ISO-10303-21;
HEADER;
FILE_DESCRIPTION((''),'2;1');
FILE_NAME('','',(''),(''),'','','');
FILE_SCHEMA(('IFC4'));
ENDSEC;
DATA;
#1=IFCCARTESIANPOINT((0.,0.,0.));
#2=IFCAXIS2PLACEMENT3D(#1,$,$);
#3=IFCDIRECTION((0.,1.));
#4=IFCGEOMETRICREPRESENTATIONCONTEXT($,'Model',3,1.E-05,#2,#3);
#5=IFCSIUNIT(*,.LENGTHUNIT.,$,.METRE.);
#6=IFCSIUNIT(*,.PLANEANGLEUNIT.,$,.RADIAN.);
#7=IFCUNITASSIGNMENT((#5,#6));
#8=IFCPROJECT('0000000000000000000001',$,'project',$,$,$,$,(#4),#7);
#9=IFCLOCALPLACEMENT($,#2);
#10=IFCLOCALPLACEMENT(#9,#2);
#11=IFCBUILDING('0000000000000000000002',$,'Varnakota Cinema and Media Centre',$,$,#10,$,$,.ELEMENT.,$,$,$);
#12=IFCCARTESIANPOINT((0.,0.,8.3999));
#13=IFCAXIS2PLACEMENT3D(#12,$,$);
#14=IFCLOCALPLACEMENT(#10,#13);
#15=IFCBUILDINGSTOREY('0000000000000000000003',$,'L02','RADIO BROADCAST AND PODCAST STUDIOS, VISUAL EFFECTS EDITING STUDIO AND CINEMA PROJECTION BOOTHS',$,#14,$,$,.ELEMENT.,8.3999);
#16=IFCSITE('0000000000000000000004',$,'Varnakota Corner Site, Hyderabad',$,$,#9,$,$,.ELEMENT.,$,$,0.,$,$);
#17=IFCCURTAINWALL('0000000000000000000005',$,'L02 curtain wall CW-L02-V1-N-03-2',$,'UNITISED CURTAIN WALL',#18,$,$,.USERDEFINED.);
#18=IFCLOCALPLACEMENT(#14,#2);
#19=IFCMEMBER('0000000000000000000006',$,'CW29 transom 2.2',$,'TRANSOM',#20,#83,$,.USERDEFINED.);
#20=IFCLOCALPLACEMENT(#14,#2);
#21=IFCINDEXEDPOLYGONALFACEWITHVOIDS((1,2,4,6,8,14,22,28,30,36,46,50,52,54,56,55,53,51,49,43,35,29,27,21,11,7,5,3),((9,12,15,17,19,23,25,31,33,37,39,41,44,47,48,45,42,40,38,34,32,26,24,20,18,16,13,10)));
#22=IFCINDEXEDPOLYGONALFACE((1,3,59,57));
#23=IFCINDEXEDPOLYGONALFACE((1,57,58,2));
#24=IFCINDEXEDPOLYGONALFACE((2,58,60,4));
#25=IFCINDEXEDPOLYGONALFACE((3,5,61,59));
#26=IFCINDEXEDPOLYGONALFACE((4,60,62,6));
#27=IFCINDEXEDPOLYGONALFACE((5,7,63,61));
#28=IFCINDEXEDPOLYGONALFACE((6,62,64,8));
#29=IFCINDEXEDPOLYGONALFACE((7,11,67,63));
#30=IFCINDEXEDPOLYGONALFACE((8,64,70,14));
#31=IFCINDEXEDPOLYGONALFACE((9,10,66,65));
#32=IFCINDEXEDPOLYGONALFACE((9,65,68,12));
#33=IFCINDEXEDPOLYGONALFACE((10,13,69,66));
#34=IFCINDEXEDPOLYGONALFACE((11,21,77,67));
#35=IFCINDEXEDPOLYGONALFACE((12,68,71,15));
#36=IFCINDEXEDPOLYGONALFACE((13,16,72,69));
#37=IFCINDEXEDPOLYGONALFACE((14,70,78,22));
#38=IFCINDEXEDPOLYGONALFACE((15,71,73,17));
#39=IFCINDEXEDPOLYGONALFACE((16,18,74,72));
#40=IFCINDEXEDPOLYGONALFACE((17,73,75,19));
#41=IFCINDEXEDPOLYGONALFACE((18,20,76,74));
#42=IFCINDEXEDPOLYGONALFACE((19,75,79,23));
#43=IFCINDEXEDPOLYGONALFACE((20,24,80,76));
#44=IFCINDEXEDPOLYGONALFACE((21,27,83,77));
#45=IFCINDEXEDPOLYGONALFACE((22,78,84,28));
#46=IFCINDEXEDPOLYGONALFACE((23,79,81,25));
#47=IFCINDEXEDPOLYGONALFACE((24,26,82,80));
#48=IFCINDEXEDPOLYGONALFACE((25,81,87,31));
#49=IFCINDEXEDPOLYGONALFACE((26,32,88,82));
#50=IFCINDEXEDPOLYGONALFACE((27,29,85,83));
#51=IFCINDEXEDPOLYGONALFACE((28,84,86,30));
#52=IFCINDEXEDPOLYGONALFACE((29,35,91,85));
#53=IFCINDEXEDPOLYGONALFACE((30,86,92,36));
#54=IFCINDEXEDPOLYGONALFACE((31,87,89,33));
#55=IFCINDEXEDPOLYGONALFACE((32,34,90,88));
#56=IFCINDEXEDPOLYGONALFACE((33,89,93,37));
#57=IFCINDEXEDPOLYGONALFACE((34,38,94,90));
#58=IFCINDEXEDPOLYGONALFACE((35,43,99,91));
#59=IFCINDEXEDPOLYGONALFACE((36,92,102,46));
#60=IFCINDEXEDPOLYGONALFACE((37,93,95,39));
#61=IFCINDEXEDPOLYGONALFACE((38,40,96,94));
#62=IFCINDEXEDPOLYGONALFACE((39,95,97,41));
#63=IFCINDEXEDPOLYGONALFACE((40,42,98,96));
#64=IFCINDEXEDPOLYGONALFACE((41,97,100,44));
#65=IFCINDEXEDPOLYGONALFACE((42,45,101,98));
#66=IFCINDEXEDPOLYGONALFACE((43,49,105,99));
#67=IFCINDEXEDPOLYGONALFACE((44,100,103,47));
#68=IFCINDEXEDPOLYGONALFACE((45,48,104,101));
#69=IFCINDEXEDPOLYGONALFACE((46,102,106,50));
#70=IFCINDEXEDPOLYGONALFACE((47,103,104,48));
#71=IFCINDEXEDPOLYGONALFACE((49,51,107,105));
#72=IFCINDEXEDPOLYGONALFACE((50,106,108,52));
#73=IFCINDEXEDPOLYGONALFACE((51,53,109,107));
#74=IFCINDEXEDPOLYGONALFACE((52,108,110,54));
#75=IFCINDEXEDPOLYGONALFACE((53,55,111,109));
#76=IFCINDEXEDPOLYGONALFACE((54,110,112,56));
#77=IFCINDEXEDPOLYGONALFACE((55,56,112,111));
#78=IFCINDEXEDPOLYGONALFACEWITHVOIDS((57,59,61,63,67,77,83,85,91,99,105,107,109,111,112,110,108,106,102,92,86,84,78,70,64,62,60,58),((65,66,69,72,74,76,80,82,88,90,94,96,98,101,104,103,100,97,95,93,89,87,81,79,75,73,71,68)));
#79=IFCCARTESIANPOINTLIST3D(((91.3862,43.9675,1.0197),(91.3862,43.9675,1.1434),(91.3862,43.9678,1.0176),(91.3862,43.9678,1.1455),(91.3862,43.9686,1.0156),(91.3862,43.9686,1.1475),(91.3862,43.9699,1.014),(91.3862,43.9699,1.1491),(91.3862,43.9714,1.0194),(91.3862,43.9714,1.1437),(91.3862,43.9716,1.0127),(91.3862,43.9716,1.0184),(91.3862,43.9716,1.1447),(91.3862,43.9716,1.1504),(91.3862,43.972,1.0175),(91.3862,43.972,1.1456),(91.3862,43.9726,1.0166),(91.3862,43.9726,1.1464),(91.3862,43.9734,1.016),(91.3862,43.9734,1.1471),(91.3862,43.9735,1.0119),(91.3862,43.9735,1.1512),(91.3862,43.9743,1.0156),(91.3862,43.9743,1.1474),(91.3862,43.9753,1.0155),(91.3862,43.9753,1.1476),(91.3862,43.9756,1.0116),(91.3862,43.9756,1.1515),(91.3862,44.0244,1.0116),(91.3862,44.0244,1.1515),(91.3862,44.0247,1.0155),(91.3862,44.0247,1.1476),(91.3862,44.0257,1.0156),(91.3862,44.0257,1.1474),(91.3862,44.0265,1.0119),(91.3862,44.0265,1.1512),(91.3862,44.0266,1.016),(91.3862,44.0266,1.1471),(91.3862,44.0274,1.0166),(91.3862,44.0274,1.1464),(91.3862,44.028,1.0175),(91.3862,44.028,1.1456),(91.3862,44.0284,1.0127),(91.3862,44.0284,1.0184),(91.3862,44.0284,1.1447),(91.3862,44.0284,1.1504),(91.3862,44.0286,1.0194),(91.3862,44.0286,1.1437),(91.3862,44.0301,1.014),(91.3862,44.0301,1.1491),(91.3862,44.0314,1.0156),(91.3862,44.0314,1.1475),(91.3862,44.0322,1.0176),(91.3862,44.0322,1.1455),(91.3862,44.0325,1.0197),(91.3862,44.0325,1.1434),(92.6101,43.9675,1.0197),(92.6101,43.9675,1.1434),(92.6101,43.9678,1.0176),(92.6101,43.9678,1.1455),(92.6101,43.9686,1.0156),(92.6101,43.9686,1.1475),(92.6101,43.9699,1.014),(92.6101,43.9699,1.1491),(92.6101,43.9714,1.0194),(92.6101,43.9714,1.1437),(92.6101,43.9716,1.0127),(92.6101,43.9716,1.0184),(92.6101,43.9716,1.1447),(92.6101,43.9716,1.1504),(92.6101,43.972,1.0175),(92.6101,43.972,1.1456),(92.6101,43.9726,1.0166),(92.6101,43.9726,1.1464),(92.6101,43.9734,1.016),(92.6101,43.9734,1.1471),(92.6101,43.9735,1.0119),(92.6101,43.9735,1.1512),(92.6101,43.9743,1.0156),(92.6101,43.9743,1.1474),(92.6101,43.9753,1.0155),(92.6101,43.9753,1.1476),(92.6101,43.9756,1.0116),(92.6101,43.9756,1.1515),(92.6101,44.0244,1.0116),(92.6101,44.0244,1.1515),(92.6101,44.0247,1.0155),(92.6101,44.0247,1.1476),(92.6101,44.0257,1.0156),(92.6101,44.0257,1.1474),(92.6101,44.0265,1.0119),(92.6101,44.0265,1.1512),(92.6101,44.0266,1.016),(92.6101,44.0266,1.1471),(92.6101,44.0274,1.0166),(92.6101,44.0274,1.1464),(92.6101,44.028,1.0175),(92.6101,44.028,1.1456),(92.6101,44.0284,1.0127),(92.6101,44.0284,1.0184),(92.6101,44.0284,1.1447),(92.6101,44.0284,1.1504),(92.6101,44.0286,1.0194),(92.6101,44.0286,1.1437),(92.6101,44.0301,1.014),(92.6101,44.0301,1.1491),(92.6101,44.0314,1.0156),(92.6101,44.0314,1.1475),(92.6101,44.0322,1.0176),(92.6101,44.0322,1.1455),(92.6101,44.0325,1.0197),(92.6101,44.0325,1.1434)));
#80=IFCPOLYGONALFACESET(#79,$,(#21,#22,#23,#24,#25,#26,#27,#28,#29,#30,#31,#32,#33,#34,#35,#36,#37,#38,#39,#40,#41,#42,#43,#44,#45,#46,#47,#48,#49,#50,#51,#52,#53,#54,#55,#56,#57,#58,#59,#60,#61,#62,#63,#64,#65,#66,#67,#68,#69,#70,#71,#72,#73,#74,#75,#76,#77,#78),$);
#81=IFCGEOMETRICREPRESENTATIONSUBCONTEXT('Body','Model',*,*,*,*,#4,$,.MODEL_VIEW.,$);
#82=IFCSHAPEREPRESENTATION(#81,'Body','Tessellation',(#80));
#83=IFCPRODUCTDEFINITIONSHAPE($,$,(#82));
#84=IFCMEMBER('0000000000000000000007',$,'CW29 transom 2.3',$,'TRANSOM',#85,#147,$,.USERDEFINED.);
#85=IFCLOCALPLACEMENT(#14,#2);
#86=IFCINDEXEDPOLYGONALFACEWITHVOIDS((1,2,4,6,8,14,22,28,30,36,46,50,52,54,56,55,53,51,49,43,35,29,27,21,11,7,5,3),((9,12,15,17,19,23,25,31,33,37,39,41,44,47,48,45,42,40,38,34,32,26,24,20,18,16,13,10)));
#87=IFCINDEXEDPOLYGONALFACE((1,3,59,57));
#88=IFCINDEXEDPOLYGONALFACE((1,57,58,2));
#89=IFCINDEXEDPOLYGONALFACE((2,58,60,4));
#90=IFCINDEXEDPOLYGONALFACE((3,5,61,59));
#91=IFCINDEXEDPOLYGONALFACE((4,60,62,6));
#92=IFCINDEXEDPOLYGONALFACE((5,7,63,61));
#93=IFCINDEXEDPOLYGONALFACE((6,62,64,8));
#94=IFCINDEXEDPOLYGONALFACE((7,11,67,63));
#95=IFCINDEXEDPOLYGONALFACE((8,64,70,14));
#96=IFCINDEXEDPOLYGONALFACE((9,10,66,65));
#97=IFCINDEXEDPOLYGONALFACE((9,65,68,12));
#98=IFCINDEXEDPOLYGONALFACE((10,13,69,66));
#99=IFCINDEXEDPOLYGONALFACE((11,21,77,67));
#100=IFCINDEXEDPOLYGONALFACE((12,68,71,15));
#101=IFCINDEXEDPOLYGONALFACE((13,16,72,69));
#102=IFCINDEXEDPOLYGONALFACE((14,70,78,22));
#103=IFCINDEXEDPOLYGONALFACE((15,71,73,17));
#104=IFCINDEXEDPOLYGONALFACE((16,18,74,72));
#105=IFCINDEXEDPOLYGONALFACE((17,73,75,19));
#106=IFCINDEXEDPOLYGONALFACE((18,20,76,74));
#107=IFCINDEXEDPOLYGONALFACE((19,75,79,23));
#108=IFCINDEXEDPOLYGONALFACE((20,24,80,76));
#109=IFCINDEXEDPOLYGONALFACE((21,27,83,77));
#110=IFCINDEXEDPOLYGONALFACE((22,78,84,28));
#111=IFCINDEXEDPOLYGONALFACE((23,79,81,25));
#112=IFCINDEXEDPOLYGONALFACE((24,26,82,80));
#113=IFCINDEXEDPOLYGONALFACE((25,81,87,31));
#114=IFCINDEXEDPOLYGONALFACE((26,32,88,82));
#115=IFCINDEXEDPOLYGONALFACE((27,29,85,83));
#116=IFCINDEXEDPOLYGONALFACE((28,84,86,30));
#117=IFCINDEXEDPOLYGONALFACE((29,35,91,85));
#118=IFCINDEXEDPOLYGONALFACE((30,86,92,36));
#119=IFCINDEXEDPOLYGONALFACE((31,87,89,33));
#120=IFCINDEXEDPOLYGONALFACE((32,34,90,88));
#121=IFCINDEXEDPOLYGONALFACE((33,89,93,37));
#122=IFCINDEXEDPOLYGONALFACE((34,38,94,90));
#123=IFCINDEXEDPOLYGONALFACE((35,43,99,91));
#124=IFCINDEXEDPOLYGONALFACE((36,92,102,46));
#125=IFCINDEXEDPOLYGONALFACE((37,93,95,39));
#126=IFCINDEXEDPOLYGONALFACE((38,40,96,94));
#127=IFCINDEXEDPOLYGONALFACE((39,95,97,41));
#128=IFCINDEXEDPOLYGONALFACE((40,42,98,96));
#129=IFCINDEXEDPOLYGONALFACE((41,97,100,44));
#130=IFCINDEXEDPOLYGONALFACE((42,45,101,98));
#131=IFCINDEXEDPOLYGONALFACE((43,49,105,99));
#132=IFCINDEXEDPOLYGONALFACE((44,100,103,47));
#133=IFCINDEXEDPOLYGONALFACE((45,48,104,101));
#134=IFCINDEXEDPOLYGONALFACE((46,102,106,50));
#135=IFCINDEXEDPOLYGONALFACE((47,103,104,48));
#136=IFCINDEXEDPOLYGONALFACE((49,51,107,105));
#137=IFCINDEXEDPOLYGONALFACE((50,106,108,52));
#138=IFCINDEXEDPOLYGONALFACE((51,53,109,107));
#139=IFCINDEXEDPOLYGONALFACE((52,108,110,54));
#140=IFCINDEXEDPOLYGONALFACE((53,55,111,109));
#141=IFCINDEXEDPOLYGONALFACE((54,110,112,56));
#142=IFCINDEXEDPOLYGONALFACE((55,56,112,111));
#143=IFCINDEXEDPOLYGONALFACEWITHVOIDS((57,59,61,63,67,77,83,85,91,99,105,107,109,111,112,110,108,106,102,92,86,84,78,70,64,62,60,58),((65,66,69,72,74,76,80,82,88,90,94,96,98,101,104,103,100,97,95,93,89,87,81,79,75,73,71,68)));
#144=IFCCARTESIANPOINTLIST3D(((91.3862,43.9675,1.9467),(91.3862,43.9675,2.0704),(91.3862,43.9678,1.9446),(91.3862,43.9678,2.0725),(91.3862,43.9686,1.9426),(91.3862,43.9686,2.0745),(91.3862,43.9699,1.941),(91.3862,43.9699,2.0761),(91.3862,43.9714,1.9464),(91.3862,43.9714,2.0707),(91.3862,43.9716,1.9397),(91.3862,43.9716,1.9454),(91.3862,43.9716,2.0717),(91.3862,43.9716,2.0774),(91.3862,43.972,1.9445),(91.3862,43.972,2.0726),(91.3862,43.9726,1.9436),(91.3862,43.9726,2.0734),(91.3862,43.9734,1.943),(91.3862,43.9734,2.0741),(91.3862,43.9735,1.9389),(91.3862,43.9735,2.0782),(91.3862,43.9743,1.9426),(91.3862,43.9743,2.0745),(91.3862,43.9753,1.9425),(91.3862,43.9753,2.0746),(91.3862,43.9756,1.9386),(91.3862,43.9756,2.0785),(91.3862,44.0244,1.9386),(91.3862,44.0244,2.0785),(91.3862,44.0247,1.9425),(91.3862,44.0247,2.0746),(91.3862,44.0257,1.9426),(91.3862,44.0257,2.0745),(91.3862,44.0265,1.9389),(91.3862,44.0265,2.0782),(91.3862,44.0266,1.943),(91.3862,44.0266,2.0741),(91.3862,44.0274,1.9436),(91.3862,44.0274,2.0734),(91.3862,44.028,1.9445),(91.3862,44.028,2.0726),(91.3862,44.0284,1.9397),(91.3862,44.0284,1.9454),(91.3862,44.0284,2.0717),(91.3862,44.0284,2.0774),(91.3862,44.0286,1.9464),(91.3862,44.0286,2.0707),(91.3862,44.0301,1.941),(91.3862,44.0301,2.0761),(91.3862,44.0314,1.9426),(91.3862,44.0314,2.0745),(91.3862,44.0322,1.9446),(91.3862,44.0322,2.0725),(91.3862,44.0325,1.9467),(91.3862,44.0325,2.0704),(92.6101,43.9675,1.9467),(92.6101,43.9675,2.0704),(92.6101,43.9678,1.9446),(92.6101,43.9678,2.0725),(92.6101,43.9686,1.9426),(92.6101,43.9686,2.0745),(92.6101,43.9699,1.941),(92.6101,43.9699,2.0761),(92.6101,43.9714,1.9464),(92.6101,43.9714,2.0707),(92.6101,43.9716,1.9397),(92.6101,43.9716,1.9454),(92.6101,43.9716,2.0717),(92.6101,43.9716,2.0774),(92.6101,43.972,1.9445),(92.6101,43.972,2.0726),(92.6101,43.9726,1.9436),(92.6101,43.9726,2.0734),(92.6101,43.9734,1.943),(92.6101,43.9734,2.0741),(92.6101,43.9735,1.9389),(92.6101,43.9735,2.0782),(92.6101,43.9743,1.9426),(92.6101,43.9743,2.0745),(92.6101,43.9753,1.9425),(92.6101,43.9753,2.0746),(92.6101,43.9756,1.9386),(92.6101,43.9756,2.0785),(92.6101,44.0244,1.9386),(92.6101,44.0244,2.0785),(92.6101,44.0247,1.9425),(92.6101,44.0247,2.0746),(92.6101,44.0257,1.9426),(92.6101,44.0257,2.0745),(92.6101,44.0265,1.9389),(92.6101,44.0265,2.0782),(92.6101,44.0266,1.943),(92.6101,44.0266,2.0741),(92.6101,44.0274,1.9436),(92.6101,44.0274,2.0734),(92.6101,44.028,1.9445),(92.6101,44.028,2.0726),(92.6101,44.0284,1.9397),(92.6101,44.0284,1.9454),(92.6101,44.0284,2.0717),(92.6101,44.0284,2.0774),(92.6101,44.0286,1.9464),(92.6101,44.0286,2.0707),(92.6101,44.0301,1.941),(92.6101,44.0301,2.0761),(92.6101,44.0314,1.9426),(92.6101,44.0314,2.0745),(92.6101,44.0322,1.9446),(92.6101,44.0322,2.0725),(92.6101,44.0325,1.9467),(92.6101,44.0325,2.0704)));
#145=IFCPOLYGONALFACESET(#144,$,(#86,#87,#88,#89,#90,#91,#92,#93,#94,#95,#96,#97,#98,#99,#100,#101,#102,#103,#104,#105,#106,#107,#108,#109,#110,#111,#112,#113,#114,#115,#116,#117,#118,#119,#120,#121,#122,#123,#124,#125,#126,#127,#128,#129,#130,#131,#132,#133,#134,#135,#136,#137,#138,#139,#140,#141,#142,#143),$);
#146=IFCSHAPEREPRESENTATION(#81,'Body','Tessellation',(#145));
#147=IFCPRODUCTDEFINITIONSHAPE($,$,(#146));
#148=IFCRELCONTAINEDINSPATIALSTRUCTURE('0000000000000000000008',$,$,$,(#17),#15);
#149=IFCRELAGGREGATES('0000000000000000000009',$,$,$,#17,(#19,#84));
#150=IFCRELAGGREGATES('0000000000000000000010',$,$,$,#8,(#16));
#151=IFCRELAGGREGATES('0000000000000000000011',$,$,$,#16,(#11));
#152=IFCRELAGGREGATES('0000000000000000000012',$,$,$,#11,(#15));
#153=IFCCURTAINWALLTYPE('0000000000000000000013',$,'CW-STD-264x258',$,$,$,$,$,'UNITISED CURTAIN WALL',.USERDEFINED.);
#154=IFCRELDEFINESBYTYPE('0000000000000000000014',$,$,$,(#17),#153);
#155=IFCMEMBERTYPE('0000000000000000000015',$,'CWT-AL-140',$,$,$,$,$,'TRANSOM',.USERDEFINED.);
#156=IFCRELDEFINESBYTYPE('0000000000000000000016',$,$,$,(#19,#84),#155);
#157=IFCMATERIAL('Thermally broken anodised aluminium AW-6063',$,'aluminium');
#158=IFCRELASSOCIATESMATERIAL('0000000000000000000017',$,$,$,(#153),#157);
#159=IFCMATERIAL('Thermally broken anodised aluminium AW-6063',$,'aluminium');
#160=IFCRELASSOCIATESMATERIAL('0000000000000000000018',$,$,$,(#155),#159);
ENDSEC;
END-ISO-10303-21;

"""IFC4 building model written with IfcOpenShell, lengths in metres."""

from ifc_helpers import new_model, si_unit, direction, frame, origin, origin_2d, place, context, subcontext, project, spatial, hollow_rectangle, extrude, material, material_profile, profile_set, type_object, element, aggregate, save


model = new_model("IFC4")

# Units and contexts
model_context = context("Model", 3, precision=1e-05, world=origin(), true_north=direction((0.0, 1.0)))
body_context = subcontext(model_context, "Body", "Model", "MODEL_VIEW")
ifc_project = project(units=[si_unit("LENGTHUNIT", "METRE"), si_unit("PLANEANGLEUNIT", "RADIAN")], contexts=[model_context])

# Site, building, storey
site_placement = place(None, origin())
site = spatial("IfcSite", under=ifc_project, at=site_placement, Name="Varnakota Corner Site, Hyderabad", CompositionType="ELEMENT", RefElevation=0.0)
building_placement = place(site_placement, origin())
building = spatial("IfcBuilding", under=site, at=building_placement, Name="Varnakota Cinema and Media Centre", CompositionType="ELEMENT")
storey_placement = place(building_placement, frame((0.0, 0.0, 8.3999)))
storey = spatial("IfcBuildingStorey", under=building, at=storey_placement, Name="L02", Description="RADIO BROADCAST AND PODCAST STUDIOS, VISUAL EFFECTS EDITING STUDIO AND CINEMA PROJECTION BOOTHS", CompositionType="ELEMENT", Elevation=8.3999)

# Curtain wall
ifc_material_1 = material(Name="Thermally broken anodised aluminium AW-6063", Category="aluminium")
curtain_wall_type = type_object("IfcCurtainWallType", Name="CW-STD-264x258", ElementType="UNITISED CURTAIN WALL", PredefinedType="USERDEFINED", material=ifc_material_1)
curtain_wall_1_placement = place(storey_placement, origin())
curtain_wall_1 = element("IfcCurtainWall", 1, at=curtain_wall_1_placement, inside=storey, type_object=curtain_wall_type, Name="L02 curtain wall CW-L02-V1-N-03-2", ObjectType="UNITISED CURTAIN WALL", PredefinedType="USERDEFINED")

# Members
ifc_material_2 = material(Name="Thermally broken anodised aluminium AW-6063", Category="aluminium")
ifc_material_profile_1 = material_profile(ifc_material_2, hollow_rectangle(XDim=0.0649, YDim=0.1399, WallThickness=0.0039, InnerFilletRadius=0.0039, OuterFilletRadius=0.0081, at=origin_2d()), Name="AL-TRANSOM 140x65x4")
ifc_profile_set_1 = profile_set([ifc_material_profile_1], Name="Thermally broken anodised aluminium AW-6063")
member_type_1 = type_object("IfcMemberType", Name="CWT-AL-140", ElementType="TRANSOM", PredefinedType="USERDEFINED", material=ifc_profile_set_1)
member_1_placement = place(storey_placement, frame((91.3862, 44.0, 1.0815), z_axis=(1.0, 0.0, 0.0), x_axis=(0.0, 1.0, 0.0)))
member_1 = element("IfcMember", 2, at=member_1_placement, type_object=member_type_1, Name="CW29 transom 2.2", ObjectType="TRANSOM", PredefinedType="USERDEFINED", context=body_context, shape_type="SweptSolid", body=[
    extrude(hollow_rectangle(XDim=0.0649, YDim=0.1399, WallThickness=0.0039, InnerFilletRadius=0.0039, OuterFilletRadius=0.0081, at=origin_2d()), origin(), (0.0, 0.0, 1.0), 1.2239),
])
member_2_placement = place(storey_placement, frame((91.3862, 44.0, 2.0085), z_axis=(1.0, 0.0, 0.0), x_axis=(0.0, 1.0, 0.0)))
member_2 = element("IfcMember", 3, at=member_2_placement, type_object=member_type_1, Name="CW29 transom 2.3", ObjectType="TRANSOM", PredefinedType="USERDEFINED", context=body_context, shape_type="SweptSolid", body=[
    extrude(hollow_rectangle(XDim=0.0649, YDim=0.1399, WallThickness=0.0039, InnerFilletRadius=0.0039, OuterFilletRadius=0.0081, at=origin_2d()), origin(), (0.0, 0.0, 1.0), 1.2239),
])

aggregate(curtain_wall_1, [member_1, member_2])

save(model, "model.ifc")
